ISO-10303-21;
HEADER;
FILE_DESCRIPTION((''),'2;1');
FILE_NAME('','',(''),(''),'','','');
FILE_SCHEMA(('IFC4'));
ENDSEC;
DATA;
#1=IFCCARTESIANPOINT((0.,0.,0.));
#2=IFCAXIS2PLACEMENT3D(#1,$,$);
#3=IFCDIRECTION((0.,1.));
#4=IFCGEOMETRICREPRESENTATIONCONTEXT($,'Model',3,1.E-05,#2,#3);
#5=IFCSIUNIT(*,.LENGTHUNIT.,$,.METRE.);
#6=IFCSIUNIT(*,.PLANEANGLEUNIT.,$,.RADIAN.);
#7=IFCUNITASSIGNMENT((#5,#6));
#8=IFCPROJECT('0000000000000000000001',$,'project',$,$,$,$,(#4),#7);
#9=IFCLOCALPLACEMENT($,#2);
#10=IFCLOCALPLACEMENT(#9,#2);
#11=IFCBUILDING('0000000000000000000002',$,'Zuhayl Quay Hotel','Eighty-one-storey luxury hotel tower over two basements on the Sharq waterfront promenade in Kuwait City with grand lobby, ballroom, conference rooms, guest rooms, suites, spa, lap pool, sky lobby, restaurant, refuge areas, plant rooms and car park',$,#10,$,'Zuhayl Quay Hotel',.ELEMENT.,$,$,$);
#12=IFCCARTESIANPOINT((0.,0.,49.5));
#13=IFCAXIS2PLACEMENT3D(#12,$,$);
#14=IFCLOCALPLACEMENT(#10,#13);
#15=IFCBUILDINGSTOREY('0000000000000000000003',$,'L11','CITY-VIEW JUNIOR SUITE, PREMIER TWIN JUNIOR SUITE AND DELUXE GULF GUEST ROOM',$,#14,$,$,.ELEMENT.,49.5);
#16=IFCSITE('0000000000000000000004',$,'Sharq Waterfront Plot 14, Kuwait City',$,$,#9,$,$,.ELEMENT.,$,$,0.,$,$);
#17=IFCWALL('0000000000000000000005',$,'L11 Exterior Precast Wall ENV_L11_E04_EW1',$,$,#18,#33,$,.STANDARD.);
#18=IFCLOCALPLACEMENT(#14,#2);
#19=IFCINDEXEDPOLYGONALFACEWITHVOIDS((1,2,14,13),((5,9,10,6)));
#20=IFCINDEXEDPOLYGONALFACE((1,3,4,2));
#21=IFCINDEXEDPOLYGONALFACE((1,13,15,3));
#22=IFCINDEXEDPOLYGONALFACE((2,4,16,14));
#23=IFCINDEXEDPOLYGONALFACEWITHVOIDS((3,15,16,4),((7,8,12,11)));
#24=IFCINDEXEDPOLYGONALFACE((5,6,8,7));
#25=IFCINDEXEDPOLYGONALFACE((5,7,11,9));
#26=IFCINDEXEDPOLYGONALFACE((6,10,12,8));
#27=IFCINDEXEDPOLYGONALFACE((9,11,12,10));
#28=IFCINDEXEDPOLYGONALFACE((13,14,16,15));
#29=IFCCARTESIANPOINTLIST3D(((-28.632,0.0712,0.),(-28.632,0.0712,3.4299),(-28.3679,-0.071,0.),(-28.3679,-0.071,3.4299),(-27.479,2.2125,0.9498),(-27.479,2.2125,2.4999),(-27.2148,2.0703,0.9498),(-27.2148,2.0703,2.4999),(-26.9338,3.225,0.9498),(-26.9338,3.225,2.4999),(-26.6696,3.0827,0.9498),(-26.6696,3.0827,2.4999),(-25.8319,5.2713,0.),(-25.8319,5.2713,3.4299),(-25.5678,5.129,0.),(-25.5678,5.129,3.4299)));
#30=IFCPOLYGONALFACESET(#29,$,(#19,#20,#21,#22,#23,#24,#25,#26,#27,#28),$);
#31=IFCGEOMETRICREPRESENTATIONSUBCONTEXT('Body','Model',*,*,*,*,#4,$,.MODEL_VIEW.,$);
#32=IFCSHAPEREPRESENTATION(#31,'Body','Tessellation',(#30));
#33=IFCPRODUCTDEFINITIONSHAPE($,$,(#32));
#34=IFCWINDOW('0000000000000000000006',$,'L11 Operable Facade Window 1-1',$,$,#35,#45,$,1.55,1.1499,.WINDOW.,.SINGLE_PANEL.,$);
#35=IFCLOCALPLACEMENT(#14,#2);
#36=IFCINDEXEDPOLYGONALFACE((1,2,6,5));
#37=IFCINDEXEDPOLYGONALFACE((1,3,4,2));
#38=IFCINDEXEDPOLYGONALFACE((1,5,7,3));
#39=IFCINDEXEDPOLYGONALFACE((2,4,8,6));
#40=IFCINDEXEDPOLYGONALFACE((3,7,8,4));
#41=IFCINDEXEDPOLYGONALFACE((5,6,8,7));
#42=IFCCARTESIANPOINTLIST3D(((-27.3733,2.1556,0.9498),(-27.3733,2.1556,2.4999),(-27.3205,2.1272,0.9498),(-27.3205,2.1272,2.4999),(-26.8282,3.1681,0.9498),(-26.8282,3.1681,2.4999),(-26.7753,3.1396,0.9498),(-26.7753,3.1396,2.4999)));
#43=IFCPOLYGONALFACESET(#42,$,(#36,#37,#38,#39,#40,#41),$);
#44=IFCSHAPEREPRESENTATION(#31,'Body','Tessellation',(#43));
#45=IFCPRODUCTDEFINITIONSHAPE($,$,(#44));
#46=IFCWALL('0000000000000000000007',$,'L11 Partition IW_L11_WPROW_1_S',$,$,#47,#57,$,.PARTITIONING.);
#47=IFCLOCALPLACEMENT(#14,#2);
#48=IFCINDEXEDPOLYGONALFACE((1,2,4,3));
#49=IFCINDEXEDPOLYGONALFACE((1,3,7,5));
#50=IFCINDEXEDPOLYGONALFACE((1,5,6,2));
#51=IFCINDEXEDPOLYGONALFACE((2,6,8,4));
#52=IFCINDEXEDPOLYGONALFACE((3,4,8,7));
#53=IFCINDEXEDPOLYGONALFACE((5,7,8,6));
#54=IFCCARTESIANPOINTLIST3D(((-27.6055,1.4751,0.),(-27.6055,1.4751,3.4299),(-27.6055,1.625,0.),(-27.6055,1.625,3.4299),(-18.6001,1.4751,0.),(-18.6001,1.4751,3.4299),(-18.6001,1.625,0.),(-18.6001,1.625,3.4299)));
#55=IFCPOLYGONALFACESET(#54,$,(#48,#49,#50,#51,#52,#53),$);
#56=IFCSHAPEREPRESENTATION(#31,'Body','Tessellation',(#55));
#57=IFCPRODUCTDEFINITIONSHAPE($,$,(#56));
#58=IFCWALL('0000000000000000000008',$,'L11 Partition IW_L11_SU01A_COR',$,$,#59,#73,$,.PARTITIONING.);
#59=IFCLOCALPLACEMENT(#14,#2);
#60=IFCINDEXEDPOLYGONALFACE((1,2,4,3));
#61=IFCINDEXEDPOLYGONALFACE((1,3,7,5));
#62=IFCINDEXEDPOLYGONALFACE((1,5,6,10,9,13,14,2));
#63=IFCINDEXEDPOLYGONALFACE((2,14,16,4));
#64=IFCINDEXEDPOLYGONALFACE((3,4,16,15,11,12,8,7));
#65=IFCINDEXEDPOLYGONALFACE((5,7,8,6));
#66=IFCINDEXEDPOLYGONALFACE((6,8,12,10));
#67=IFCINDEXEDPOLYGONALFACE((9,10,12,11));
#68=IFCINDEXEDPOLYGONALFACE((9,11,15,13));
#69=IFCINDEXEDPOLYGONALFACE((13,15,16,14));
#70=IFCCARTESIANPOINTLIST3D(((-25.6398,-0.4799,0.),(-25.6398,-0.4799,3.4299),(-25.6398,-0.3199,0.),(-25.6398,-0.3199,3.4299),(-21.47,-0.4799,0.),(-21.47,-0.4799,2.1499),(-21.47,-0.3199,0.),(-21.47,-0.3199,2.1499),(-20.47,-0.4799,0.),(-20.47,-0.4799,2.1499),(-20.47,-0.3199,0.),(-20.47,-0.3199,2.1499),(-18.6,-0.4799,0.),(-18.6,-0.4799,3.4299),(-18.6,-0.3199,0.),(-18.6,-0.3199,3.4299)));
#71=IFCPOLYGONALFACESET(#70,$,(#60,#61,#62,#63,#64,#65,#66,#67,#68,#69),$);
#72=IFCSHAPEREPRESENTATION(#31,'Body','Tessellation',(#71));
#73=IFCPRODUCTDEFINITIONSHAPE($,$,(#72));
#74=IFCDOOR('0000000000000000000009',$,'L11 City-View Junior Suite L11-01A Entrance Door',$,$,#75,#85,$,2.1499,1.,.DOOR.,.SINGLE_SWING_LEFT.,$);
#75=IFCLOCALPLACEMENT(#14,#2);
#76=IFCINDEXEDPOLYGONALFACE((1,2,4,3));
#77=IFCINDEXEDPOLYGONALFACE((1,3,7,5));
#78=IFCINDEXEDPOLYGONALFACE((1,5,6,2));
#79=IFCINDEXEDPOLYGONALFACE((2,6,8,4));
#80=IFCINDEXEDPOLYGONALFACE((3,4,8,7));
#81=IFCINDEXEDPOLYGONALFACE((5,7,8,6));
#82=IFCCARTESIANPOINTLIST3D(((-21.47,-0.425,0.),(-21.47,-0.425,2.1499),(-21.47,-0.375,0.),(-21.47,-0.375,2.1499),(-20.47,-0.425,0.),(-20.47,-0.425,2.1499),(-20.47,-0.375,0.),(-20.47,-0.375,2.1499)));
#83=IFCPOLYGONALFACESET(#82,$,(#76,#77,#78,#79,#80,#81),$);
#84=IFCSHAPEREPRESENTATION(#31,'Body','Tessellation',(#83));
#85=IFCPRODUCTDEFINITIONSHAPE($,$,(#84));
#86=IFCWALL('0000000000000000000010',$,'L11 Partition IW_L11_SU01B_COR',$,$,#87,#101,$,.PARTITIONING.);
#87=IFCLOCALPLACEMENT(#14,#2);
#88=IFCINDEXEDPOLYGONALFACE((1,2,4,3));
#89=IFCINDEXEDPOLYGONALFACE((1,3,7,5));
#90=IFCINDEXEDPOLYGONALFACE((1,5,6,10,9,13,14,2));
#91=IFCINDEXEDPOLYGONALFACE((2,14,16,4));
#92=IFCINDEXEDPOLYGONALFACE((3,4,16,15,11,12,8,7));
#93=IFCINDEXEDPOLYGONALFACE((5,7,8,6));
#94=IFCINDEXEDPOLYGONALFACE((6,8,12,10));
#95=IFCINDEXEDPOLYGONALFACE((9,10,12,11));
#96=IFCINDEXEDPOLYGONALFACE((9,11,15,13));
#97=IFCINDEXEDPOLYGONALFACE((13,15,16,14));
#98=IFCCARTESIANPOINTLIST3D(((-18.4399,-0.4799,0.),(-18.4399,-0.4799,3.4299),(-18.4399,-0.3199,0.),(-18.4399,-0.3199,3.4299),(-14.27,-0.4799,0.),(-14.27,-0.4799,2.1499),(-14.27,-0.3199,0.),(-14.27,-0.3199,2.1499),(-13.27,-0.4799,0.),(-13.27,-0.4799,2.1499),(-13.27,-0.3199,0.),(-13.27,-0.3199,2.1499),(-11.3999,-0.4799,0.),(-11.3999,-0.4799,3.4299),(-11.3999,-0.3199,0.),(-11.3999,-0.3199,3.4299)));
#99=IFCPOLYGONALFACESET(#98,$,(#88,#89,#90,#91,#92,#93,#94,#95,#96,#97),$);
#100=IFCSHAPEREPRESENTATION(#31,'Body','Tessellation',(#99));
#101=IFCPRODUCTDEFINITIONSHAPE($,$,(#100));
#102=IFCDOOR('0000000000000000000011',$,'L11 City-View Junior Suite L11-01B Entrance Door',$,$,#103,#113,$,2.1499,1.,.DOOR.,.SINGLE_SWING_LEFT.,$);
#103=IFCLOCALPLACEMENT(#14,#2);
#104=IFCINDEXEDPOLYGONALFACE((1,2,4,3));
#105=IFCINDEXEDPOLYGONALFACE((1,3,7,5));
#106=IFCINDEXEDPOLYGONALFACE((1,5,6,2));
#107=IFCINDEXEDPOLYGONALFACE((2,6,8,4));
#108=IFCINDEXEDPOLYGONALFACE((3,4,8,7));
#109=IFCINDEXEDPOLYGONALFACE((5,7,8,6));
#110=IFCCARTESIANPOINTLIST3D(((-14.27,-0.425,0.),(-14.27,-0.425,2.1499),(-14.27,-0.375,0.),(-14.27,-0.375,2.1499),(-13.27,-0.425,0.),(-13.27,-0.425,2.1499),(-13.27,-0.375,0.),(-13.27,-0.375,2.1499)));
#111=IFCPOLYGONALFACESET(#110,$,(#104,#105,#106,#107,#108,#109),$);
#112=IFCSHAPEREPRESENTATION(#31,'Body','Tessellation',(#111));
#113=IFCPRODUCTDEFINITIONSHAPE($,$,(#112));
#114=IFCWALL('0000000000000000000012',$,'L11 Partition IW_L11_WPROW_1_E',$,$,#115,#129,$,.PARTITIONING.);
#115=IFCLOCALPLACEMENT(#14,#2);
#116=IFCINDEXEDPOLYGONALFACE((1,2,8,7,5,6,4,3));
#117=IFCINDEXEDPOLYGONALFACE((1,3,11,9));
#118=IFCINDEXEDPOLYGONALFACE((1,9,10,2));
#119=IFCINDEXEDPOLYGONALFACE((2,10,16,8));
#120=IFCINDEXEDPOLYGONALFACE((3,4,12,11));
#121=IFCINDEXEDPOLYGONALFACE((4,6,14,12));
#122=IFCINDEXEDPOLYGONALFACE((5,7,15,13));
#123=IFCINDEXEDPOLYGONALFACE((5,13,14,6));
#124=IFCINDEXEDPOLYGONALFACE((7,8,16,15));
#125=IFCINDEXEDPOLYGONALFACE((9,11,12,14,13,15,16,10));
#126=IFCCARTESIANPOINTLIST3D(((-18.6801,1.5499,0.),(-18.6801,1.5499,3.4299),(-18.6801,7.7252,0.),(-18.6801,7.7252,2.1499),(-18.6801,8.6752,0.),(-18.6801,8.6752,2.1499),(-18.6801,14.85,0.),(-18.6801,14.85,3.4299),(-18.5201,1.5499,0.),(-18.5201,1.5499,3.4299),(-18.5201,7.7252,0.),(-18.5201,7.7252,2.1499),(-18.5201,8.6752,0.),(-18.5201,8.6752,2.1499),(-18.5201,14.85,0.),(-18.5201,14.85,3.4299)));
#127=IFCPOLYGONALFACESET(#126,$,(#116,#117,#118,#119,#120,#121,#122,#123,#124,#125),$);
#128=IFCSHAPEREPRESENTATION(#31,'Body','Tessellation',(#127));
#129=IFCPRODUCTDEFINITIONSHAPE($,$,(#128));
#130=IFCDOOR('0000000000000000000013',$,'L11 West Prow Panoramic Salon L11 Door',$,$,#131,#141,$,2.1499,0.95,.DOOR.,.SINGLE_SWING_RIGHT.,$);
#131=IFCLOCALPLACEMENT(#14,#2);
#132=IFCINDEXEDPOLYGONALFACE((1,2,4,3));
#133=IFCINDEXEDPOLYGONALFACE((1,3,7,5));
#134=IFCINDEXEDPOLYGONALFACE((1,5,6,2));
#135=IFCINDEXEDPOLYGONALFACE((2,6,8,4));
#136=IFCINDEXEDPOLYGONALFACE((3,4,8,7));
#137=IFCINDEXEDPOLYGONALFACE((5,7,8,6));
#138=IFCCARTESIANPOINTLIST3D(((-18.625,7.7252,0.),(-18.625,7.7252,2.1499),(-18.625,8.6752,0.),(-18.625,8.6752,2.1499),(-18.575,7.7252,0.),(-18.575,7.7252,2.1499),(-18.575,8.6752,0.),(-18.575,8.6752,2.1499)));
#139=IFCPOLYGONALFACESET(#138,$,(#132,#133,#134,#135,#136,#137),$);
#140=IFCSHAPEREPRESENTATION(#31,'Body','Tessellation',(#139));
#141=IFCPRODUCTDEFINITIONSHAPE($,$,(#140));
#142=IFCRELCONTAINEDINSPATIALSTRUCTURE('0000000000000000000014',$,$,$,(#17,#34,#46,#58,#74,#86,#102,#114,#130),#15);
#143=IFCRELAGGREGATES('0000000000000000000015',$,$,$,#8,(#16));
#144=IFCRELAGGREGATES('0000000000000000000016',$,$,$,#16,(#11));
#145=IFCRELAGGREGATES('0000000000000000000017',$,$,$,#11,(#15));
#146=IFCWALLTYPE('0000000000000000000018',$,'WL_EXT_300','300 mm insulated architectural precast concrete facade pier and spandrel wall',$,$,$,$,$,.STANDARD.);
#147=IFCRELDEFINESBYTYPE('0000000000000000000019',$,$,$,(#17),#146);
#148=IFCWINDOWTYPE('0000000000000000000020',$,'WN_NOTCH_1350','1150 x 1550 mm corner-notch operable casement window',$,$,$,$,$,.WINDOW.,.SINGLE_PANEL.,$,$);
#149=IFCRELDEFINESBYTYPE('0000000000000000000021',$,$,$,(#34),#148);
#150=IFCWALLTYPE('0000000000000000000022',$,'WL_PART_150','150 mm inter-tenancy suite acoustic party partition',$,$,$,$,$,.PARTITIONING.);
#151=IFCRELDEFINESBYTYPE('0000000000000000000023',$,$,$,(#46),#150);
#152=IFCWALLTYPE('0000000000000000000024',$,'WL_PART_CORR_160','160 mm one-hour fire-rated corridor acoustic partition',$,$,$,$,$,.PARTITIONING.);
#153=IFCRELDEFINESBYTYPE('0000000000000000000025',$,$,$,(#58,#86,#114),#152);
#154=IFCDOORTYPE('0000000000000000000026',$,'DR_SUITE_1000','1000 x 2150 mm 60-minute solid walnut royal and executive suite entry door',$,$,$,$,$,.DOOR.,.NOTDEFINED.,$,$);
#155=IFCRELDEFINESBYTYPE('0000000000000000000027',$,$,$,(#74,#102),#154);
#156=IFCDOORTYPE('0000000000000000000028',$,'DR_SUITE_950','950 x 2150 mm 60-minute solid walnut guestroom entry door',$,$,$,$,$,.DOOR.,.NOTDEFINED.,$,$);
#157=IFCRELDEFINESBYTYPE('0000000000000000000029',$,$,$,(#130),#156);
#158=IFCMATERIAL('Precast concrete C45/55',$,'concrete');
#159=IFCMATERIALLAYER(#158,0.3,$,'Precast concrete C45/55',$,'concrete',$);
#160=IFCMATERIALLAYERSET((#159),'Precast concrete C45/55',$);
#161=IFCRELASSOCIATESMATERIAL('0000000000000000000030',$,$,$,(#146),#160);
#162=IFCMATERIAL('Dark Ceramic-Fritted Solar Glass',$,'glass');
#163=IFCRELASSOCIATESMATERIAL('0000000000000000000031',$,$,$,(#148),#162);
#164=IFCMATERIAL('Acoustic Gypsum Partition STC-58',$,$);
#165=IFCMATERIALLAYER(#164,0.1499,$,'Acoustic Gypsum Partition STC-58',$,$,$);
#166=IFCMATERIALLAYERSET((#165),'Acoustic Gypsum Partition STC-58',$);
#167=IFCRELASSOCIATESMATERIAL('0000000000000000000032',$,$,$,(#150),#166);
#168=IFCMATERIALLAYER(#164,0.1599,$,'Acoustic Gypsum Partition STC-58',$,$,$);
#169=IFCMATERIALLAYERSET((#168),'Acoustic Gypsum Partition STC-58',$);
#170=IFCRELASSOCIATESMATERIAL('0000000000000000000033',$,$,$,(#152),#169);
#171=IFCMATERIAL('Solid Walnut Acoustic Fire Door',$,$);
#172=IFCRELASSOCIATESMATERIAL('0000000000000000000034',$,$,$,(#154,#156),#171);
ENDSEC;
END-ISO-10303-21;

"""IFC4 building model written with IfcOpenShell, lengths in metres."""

from ifc_helpers import new_model, si_unit, direction, frame, frame_2d, origin, place, context, subcontext, project, spatial, rectangle, extrude, material, layer, layer_set, type_object, element, fill, save


model = new_model("IFC4")

# Units and contexts
model_context = context("Model", 3, precision=1e-05, world=origin(), true_north=direction((0.0, 1.0)))
body_context = subcontext(model_context, "Body", "Model", "MODEL_VIEW")
ifc_project = project(units=[si_unit("LENGTHUNIT", "METRE"), si_unit("PLANEANGLEUNIT", "RADIAN")], contexts=[model_context])

# Site, building, storey
site_placement = place(None, origin())
site = spatial("IfcSite", under=ifc_project, at=site_placement, Name="Sharq Waterfront Plot 14, Kuwait City", CompositionType="ELEMENT", RefElevation=0.0)
building_placement = place(site_placement, origin())
building = spatial("IfcBuilding", under=site, at=building_placement, Name="Zuhayl Quay Hotel", Description="Eighty-one-storey luxury hotel tower over two basements on the Sharq waterfront promenade in Kuwait City with grand lobby, ballroom, conference rooms, guest rooms, suites, spa, lap pool, sky lobby, restaurant, refuge areas, plant rooms and car park", LongName="Zuhayl Quay Hotel", CompositionType="ELEMENT")
storey_placement = place(building_placement, frame((0.0, 0.0, 49.5)))
storey = spatial("IfcBuildingStorey", under=building, at=storey_placement, Name="L11", Description="CITY-VIEW JUNIOR SUITE, PREMIER TWIN JUNIOR SUITE AND DELUXE GULF GUEST ROOM", CompositionType="ELEMENT", Elevation=49.5)

# Shared definitions
ifc_material_1 = material(Name="Dark Ceramic-Fritted Solar Glass", Category="glass")

# Shared definitions
ifc_material_2 = material(Name="Precast concrete C45/55", Category="concrete")
ifc_layer_1 = layer(ifc_material_2, 0.3, Name="Precast concrete C45/55", Category="concrete")
ifc_layer_set_1 = layer_set([ifc_layer_1], Name="Precast concrete C45/55")
wall_type_1 = type_object("IfcWallType", Name="WL_EXT_300", Description="300 mm insulated architectural precast concrete facade pier and spandrel wall", PredefinedType="STANDARD", material=ifc_layer_set_1)

# Wall, opening, window
wall_1_placement = place(storey_placement, frame((-28.5, 0.0, 0.0), z_axis=(0.0, 0.0, 1.0), x_axis=(0.47411, 0.880466, 0.0)))
wall_1 = element("IfcWall", 1, at=wall_1_placement, inside=storey, type_object=wall_type_1, Name="L11 Exterior Precast Wall ENV_L11_E04_EW1", PredefinedType="STANDARD", context=body_context, shape_type="SweptSolid", body=[
    extrude(rectangle(XDim=5.906, YDim=0.3, at=frame_2d((2.9531, 0.0))), origin(), (0.0, 0.0, 1.0), 3.4299),
])
opening_1_placement = place(wall_1_placement, frame((2.4321, 0.0, 0.95)))
opening_1 = element("IfcOpeningElement", 2, at=opening_1_placement, cuts=wall_1, PredefinedType="OPENING", context=body_context, shape_type="SweptSolid", body=[
    extrude(rectangle(XDim=1.1499, YDim=1.55, at=frame_2d((0.575, 0.7749))), frame((0.0, 0.1599, 0.0), z_axis=(0.0, -1.0, 0.0), x_axis=(1.0, 0.0, 0.0)), (0.0, 0.0, 1.0), 0.3201),
])
window_type = type_object("IfcWindowType", Name="WN_NOTCH_1350", Description="1150 x 1550 mm corner-notch operable casement window", PartitioningType="SINGLE_PANEL", PredefinedType="WINDOW", material=ifc_material_1)
window_placement = place(opening_1_placement, origin())
window = element("IfcWindow", 3, at=window_placement, inside=storey, type_object=window_type, Name="L11 Operable Facade Window 1-1", OverallHeight=1.55, OverallWidth=1.1499, PartitioningType="SINGLE_PANEL", PredefinedType="WINDOW", context=body_context, shape_type="SweptSolid", body=[
    extrude(rectangle(XDim=1.1499, YDim=1.55, at=frame_2d((0.575, 0.7749))), frame((0.0, 0.03, 0.0), z_axis=(0.0, -1.0, 0.0), x_axis=(1.0, 0.0, 0.0)), (0.0, 0.0, 1.0), 0.0601),
])
fill(opening_1, window)

# Wall
ifc_material_3 = material(Name="Acoustic Gypsum Partition STC-58")
ifc_layer_2 = layer(ifc_material_3, 0.1499, Name="Acoustic Gypsum Partition STC-58")
ifc_layer_set_2 = layer_set([ifc_layer_2], Name="Acoustic Gypsum Partition STC-58")
wall_type_2 = type_object("IfcWallType", Name="WL_PART_150", Description="150 mm inter-tenancy suite acoustic party partition", PredefinedType="PARTITIONING", material=ifc_layer_set_2)
wall_2_placement = place(storey_placement, frame((-27.6055, 1.55, 0.0), z_axis=(0.0, 0.0, 1.0), x_axis=(1.0, 0.0, 0.0)))
element("IfcWall", 4, at=wall_2_placement, inside=storey, type_object=wall_type_2, Name="L11 Partition IW_L11_WPROW_1_S", PredefinedType="PARTITIONING", context=body_context, shape_type="SweptSolid", body=[
    extrude(rectangle(XDim=9.0054, YDim=0.1499, at=frame_2d((4.5027, 0.0))), origin(), (0.0, 0.0, 1.0), 3.4299),
])

# Walls, openings, doors
ifc_layer_3 = layer(ifc_material_3, 0.1599, Name="Acoustic Gypsum Partition STC-58")
ifc_layer_set_3 = layer_set([ifc_layer_3], Name="Acoustic Gypsum Partition STC-58")
wall_type_3 = type_object("IfcWallType", Name="WL_PART_CORR_160", Description="160 mm one-hour fire-rated corridor acoustic partition", PredefinedType="PARTITIONING", material=ifc_layer_set_3)
wall_3_placement = place(storey_placement, frame((-25.6399, -0.3999, 0.0), z_axis=(0.0, 0.0, 1.0), x_axis=(1.0, 0.0, 0.0)))
wall_3 = element("IfcWall", 5, at=wall_3_placement, inside=storey, type_object=wall_type_3, Name="L11 Partition IW_L11_SU01A_COR", PredefinedType="PARTITIONING", context=body_context, shape_type="SweptSolid", body=[
    extrude(rectangle(XDim=7.0398, YDim=0.1599, at=frame_2d((3.52, 0.0))), origin(), (0.0, 0.0, 1.0), 3.4299),
])
opening_2_placement = place(wall_3_placement, frame((4.1699, 0.0, 0.0)))
opening_2 = element("IfcOpeningElement", 6, at=opening_2_placement, cuts=wall_3, PredefinedType="OPENING", context=body_context, shape_type="SweptSolid", body=[
    extrude(rectangle(XDim=1.0, YDim=2.1499, at=frame_2d((0.5, 1.075))), frame((0.0, 0.0898, 0.0), z_axis=(0.0, -1.0, 0.0), x_axis=(1.0, 0.0, 0.0)), (0.0, 0.0, 1.0), 0.1799),
])
ifc_material_4 = material(Name="Solid Walnut Acoustic Fire Door")
door_type_1 = type_object("IfcDoorType", Name="DR_SUITE_1000", Description="1000 x 2150 mm 60-minute solid walnut royal and executive suite entry door", OperationType="NOTDEFINED", PredefinedType="DOOR", material=ifc_material_4)
door_1_placement = place(opening_2_placement, origin())
door_1 = element("IfcDoor", 7, at=door_1_placement, inside=storey, type_object=door_type_1, Name="L11 City-View Junior Suite L11-01A Entrance Door", OperationType="SINGLE_SWING_LEFT", OverallHeight=2.1499, OverallWidth=1.0, PredefinedType="DOOR", context=body_context, shape_type="SweptSolid", body=[
    extrude(rectangle(XDim=1.0, YDim=2.1499, at=frame_2d((0.5, 1.075))), frame((0.0, 0.0249, 0.0), z_axis=(0.0, -1.0, 0.0), x_axis=(1.0, 0.0, 0.0)), (0.0, 0.0, 1.0), 0.05),
])
fill(opening_2, door_1)
wall_4_placement = place(storey_placement, frame((-18.4399, -0.3999, 0.0), z_axis=(0.0, 0.0, 1.0), x_axis=(1.0, 0.0, 0.0)))
wall_4 = element("IfcWall", 8, at=wall_4_placement, inside=storey, type_object=wall_type_3, Name="L11 Partition IW_L11_SU01B_COR", PredefinedType="PARTITIONING", context=body_context, shape_type="SweptSolid", body=[
    extrude(rectangle(XDim=7.04, YDim=0.1599, at=frame_2d((3.52, 0.0))), origin(), (0.0, 0.0, 1.0), 3.4299),
])
opening_3_placement = place(wall_4_placement, frame((4.1699, 0.0, 0.0)))
opening_3 = element("IfcOpeningElement", 9, at=opening_3_placement, cuts=wall_4, PredefinedType="OPENING", context=body_context, shape_type="SweptSolid", body=[
    extrude(rectangle(XDim=1.0, YDim=2.1499, at=frame_2d((0.5, 1.075))), frame((0.0, 0.0898, 0.0), z_axis=(0.0, -1.0, 0.0), x_axis=(1.0, 0.0, 0.0)), (0.0, 0.0, 1.0), 0.1799),
])
door_2_placement = place(opening_3_placement, origin())
door_2 = element("IfcDoor", 10, at=door_2_placement, inside=storey, type_object=door_type_1, Name="L11 City-View Junior Suite L11-01B Entrance Door", OperationType="SINGLE_SWING_LEFT", OverallHeight=2.1499, OverallWidth=1.0, PredefinedType="DOOR", context=body_context, shape_type="SweptSolid", body=[
    extrude(rectangle(XDim=1.0, YDim=2.1499, at=frame_2d((0.5, 1.075))), frame((0.0, 0.0249, 0.0), z_axis=(0.0, -1.0, 0.0), x_axis=(1.0, 0.0, 0.0)), (0.0, 0.0, 1.0), 0.05),
])
fill(opening_3, door_2)
wall_5_placement = place(storey_placement, frame((-18.6001, 1.55, 0.0), z_axis=(0.0, 0.0, 1.0), x_axis=(0.0, 1.0, 0.0)))
wall_5 = element("IfcWall", 11, at=wall_5_placement, inside=storey, type_object=wall_type_3, Name="L11 Partition IW_L11_WPROW_1_E", PredefinedType="PARTITIONING", context=body_context, shape_type="SweptSolid", body=[
    extrude(rectangle(XDim=13.3, YDim=0.1599, at=frame_2d((6.6499, 0.0))), origin(), (0.0, 0.0, 1.0), 3.4299),
])
opening_4_placement = place(wall_5_placement, frame((6.175, 0.0, 0.0)))
opening_4 = element("IfcOpeningElement", 12, at=opening_4_placement, cuts=wall_5, PredefinedType="OPENING", context=body_context, shape_type="SweptSolid", body=[
    extrude(rectangle(XDim=0.95, YDim=2.1499, at=frame_2d((0.4751, 1.075))), frame((0.0, 0.0898, 0.0), z_axis=(0.0, -1.0, 0.0), x_axis=(1.0, 0.0, 0.0)), (0.0, 0.0, 1.0), 0.1799),
])
door_type_2 = type_object("IfcDoorType", Name="DR_SUITE_950", Description="950 x 2150 mm 60-minute solid walnut guestroom entry door", OperationType="NOTDEFINED", PredefinedType="DOOR", material=ifc_material_4)
door_3_placement = place(opening_4_placement, origin())
door_3 = element("IfcDoor", 13, at=door_3_placement, inside=storey, type_object=door_type_2, Name="L11 West Prow Panoramic Salon L11 Door", OperationType="SINGLE_SWING_RIGHT", OverallHeight=2.1499, OverallWidth=0.95, PredefinedType="DOOR", context=body_context, shape_type="SweptSolid", body=[
    extrude(rectangle(XDim=0.95, YDim=2.1499, at=frame_2d((0.4751, 1.075))), frame((0.0, 0.0249, 0.0), z_axis=(0.0, -1.0, 0.0), x_axis=(1.0, 0.0, 0.0)), (0.0, 0.0, 1.0), 0.05),
])
fill(opening_4, door_3)

save(model, "model.ifc")
